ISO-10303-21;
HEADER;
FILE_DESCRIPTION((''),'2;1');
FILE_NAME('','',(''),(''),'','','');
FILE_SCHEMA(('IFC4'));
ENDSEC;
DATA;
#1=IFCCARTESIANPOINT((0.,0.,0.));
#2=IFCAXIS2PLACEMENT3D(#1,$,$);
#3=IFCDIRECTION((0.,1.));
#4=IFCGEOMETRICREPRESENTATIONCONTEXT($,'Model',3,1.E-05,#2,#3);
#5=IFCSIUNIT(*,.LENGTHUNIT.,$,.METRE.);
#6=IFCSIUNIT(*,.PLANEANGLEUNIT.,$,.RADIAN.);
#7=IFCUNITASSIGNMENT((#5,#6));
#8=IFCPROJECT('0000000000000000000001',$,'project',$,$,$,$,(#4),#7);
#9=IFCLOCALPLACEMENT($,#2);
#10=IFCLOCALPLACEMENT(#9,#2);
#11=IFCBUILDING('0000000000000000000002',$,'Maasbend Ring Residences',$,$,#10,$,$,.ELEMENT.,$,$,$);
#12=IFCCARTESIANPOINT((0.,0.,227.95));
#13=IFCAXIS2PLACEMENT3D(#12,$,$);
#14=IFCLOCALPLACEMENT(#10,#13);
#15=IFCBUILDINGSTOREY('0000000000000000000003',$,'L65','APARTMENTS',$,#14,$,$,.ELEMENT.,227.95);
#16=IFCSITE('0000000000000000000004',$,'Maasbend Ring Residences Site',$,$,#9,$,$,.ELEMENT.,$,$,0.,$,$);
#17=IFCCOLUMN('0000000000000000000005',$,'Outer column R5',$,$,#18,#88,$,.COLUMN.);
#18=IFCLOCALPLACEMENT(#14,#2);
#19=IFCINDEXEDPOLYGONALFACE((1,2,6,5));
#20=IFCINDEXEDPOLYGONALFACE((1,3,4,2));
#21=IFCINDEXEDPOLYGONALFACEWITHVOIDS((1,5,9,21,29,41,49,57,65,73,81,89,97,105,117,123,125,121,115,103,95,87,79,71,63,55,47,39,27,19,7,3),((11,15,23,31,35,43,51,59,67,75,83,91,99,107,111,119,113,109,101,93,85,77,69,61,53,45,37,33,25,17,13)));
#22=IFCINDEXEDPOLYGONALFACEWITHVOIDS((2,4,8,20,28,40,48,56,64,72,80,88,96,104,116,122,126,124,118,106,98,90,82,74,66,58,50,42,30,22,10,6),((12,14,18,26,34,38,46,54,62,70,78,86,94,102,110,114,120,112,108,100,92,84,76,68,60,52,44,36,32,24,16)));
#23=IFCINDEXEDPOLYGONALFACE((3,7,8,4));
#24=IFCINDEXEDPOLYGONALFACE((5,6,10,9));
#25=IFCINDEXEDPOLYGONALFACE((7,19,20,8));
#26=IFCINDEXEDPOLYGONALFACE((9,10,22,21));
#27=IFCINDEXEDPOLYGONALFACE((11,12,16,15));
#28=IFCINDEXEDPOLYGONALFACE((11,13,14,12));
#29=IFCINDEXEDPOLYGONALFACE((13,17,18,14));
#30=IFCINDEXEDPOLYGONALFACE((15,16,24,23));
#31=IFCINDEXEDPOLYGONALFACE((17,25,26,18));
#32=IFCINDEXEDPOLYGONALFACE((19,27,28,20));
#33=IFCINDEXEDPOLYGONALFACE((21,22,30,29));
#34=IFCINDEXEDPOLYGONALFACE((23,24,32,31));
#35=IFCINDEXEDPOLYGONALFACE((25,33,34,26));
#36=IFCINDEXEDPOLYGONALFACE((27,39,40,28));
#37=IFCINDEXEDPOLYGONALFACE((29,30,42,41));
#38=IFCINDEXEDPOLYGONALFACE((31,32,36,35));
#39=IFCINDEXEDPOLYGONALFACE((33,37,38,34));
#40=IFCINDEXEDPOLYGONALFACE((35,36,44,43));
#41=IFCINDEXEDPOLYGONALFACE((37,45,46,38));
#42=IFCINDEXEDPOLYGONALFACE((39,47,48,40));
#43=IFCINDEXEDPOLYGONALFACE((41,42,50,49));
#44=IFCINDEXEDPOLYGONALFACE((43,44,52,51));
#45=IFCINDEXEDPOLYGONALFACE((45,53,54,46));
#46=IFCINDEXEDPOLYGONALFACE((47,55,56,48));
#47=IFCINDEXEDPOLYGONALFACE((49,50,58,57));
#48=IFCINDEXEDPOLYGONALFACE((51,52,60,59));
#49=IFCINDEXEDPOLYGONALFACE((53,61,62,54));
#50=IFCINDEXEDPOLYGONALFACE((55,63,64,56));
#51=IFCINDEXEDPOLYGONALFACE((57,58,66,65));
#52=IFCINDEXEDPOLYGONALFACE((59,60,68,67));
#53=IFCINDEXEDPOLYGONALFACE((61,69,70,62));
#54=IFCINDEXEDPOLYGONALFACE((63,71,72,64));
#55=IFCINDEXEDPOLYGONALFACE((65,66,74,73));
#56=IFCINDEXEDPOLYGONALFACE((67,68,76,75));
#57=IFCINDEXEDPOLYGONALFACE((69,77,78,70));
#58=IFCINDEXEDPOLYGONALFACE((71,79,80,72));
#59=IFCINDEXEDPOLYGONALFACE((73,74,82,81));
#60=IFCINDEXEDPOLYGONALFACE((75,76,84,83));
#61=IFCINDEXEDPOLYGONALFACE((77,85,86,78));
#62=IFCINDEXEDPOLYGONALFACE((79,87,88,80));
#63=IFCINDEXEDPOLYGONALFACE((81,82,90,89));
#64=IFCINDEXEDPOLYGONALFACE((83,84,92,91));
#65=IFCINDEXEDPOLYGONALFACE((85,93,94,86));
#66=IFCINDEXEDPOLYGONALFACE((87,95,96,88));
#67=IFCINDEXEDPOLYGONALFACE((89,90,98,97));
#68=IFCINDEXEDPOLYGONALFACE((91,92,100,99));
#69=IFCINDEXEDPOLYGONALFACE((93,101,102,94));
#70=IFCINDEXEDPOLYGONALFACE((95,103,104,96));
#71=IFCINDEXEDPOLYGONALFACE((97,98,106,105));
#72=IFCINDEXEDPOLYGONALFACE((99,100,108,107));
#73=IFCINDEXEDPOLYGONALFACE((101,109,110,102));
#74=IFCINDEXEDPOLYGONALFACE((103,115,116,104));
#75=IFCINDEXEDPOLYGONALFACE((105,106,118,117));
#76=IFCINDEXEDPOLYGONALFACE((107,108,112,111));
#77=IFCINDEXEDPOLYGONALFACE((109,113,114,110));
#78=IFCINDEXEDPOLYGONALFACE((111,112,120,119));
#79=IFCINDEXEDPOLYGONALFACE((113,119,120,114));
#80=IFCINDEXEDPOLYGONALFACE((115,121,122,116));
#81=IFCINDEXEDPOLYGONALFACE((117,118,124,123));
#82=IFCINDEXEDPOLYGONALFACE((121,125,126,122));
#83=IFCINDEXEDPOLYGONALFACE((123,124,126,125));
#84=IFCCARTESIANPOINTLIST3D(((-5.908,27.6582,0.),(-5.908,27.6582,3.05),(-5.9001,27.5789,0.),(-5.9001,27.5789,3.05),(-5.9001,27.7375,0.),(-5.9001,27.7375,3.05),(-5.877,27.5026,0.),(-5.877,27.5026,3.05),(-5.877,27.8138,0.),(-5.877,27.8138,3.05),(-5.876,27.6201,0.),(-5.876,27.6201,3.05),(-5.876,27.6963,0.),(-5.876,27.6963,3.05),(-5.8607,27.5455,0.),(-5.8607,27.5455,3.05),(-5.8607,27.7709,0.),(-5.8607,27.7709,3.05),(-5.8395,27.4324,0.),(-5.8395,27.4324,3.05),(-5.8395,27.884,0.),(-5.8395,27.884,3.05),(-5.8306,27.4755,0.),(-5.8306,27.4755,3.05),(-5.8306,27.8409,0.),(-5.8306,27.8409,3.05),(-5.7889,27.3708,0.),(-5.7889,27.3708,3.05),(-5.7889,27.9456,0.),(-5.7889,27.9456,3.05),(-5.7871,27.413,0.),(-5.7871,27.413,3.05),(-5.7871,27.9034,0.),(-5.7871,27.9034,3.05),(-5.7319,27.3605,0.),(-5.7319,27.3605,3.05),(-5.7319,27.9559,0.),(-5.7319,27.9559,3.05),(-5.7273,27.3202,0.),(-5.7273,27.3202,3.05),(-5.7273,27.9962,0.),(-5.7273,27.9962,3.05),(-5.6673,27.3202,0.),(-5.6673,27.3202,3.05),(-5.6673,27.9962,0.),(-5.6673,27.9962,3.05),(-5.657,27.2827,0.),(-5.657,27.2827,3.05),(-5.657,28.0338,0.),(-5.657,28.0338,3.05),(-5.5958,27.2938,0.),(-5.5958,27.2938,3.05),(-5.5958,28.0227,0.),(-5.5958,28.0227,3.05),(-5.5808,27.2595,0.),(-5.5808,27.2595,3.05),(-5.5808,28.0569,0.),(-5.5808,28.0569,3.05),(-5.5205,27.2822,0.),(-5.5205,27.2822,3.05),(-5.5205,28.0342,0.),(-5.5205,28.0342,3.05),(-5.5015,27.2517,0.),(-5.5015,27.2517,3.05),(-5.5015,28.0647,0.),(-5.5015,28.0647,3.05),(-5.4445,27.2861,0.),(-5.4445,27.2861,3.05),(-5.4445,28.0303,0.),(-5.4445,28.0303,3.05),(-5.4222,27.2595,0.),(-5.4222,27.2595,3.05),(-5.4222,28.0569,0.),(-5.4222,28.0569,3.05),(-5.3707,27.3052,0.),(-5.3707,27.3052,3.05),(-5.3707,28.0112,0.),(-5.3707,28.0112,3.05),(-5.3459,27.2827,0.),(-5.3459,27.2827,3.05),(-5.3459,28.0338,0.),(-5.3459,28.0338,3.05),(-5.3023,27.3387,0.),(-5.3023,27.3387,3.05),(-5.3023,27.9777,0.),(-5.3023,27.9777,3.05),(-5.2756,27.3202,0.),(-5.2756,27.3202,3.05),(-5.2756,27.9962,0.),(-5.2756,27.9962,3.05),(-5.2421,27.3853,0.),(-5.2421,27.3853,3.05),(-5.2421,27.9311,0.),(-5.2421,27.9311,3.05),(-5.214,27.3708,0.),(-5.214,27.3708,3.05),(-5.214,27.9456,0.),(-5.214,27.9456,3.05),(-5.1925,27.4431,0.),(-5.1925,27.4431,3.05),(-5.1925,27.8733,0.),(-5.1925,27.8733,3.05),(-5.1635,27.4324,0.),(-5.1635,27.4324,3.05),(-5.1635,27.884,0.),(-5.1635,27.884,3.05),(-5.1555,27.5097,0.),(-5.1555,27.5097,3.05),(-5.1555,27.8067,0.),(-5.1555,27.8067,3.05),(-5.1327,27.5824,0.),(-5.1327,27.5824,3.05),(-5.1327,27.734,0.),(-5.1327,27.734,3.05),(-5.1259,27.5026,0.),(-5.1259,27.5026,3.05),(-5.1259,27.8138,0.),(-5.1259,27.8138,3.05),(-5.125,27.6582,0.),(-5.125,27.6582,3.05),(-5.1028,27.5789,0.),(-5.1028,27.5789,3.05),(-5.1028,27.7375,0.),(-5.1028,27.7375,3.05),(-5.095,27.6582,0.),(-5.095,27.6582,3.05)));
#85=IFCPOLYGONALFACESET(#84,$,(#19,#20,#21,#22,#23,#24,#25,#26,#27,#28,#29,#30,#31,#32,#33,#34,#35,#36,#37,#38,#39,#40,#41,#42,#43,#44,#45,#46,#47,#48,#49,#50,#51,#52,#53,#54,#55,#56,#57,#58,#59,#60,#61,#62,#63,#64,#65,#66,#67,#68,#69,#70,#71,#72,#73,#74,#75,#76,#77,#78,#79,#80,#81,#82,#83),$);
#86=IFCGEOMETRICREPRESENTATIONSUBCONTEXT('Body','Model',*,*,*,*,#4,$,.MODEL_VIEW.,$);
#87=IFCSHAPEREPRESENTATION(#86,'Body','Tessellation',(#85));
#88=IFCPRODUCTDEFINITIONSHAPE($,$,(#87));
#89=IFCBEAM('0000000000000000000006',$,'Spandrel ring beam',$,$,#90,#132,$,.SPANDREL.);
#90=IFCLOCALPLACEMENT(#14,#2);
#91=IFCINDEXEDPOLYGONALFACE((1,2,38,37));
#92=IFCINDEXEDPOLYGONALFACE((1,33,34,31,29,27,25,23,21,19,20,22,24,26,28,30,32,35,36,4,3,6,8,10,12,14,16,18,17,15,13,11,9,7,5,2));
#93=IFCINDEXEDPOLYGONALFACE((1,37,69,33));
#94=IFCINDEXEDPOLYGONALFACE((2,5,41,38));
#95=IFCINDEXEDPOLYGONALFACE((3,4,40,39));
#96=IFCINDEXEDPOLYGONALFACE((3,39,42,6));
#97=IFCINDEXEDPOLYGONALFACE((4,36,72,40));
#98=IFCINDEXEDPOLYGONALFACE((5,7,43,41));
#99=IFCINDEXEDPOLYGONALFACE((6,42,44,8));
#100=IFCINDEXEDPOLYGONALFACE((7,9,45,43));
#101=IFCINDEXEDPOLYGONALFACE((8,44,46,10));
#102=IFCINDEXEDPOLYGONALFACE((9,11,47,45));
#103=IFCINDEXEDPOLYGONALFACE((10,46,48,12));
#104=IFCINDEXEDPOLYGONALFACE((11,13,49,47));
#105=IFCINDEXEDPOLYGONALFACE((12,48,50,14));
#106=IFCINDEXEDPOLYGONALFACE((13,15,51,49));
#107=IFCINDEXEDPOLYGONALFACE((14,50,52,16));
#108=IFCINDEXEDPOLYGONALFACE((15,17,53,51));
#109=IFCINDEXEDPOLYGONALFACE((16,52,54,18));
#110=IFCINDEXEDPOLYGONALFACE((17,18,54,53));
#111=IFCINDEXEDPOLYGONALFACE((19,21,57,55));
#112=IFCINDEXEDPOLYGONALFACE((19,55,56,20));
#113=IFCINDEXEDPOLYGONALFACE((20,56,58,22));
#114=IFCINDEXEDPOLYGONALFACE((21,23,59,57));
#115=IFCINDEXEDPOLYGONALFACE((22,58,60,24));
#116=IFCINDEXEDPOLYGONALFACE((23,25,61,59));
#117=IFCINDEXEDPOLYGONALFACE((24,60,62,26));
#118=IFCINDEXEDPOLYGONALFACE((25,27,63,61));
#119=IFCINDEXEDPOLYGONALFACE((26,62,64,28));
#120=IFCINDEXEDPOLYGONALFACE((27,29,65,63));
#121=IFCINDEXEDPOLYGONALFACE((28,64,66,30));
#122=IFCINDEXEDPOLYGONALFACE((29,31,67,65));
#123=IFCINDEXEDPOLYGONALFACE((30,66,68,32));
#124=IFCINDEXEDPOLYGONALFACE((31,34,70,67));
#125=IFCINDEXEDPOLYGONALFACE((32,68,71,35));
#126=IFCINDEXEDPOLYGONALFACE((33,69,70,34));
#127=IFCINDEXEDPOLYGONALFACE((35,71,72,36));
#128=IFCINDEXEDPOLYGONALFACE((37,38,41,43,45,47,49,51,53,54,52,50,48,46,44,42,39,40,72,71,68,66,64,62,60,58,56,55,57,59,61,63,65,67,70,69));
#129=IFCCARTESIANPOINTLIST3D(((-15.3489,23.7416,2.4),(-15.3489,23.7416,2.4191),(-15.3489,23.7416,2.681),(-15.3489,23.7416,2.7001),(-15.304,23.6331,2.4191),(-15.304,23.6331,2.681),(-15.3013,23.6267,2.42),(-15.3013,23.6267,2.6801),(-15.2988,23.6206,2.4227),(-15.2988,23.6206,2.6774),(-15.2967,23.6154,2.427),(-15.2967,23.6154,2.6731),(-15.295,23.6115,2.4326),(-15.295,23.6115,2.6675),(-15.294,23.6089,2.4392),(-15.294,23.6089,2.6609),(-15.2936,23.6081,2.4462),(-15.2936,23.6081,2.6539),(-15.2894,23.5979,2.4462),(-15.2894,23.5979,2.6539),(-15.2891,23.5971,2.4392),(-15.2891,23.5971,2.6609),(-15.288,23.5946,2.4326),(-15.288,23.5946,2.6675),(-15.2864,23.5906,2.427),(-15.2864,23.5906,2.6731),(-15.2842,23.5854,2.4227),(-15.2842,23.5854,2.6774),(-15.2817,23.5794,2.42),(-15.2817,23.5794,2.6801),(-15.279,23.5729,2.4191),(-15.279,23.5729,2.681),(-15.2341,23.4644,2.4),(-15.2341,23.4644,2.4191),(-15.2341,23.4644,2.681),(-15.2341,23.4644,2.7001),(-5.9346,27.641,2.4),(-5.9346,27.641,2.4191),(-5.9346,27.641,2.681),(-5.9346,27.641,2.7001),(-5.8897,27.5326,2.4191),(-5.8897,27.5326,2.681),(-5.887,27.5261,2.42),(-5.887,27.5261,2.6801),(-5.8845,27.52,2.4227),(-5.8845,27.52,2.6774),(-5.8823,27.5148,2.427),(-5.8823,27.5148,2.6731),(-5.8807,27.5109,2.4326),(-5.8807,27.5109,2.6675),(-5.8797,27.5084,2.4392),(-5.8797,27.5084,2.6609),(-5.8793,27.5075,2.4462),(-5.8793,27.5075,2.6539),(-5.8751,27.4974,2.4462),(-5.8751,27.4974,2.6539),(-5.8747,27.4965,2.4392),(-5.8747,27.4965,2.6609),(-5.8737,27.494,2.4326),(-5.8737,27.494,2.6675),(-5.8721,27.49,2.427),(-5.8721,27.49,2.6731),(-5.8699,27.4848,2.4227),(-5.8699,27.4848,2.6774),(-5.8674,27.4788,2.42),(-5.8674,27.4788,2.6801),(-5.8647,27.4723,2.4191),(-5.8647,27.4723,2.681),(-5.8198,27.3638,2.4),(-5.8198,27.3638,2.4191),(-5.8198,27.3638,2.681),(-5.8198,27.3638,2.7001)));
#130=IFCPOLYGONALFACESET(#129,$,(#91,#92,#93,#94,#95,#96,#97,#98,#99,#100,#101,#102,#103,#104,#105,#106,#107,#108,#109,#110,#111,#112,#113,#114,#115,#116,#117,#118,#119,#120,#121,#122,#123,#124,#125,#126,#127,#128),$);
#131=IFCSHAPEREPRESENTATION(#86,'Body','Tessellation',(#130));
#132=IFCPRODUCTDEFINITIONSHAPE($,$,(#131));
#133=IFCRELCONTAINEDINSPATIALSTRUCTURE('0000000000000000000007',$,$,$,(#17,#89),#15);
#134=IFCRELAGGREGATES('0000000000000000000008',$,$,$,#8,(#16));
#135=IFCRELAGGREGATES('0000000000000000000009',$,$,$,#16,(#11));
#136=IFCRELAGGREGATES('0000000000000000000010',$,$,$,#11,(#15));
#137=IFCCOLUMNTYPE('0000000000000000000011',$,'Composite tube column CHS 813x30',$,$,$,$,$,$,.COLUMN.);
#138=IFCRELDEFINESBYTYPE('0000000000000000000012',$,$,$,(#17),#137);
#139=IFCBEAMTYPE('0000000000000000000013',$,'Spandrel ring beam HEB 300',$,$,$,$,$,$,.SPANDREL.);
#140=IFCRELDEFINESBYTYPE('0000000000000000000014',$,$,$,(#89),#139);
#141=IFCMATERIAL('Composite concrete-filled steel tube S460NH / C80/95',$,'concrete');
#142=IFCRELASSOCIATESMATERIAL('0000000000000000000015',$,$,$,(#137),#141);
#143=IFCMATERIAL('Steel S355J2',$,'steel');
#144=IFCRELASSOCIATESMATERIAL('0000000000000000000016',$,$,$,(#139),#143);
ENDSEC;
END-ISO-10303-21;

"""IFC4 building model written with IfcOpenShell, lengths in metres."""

from ifc_helpers import new_model, si_unit, direction, frame, origin, origin_2d, place, context, subcontext, project, spatial, hollow_circle, i_section, extrude, material, material_profile, profile_set, type_object, element, save


model = new_model("IFC4")

# Units and contexts
model_context = context("Model", 3, precision=1e-05, world=origin(), true_north=direction((0.0, 1.0)))
body_context = subcontext(model_context, "Body", "Model", "MODEL_VIEW")
ifc_project = project(units=[si_unit("LENGTHUNIT", "METRE"), si_unit("PLANEANGLEUNIT", "RADIAN")], contexts=[model_context])

# Site, building, storey
site_placement = place(None, origin())
site = spatial("IfcSite", under=ifc_project, at=site_placement, Name="Maasbend Ring Residences Site", CompositionType="ELEMENT", RefElevation=0.0)
building_placement = place(site_placement, origin())
building = spatial("IfcBuilding", under=site, at=building_placement, Name="Maasbend Ring Residences", CompositionType="ELEMENT")
storey_placement = place(building_placement, frame((0.0, 0.0, 227.95)))
storey = spatial("IfcBuildingStorey", under=building, at=storey_placement, Name="L65", Description="APARTMENTS", CompositionType="ELEMENT", Elevation=227.95)

# Column
ifc_material_1 = material(Name="Composite concrete-filled steel tube S460NH / C80/95", Category="concrete")
ifc_material_profile_1 = material_profile(ifc_material_1, hollow_circle(Radius=0.4065, WallThickness=0.03, at=origin_2d()), Name="Composite tube column CHS 813x30")
ifc_profile_set_1 = profile_set([ifc_material_profile_1], Name="Composite concrete-filled steel tube S460NH / C80/95")
column_type = type_object("IfcColumnType", Name="Composite tube column CHS 813x30", PredefinedType="COLUMN", material=ifc_profile_set_1)
column_placement = place(storey_placement, frame((-5.5015, 27.6582, 0.0), z_axis=(0.0, 0.0, 1.0), x_axis=(1.0, 0.0, 0.0)))
element("IfcColumn", 1, at=column_placement, inside=storey, type_object=column_type, Name="Outer column R5", PredefinedType="COLUMN", context=body_context, shape_type="SweptSolid", body=[
    extrude(hollow_circle(Radius=0.4065, WallThickness=0.03, at=origin_2d()), origin(), (0.0, 0.0, 1.0), 3.05),
])

# Beam
ifc_material_2 = material(Name="Steel S355J2", Category="steel")
ifc_material_profile_2 = material_profile(ifc_material_2, i_section(OverallWidth=0.3, OverallDepth=0.3, WebThickness=0.011, FlangeThickness=0.019, FilletRadius=0.0271, at=origin_2d()), Name="HEB 300")
ifc_profile_set_2 = profile_set([ifc_material_profile_2], Name="Steel S355J2")
beam_type = type_object("IfcBeamType", Name="Spandrel ring beam HEB 300", PredefinedType="SPANDREL", material=ifc_profile_set_2)
beam_placement = place(storey_placement, frame((-5.8772, 27.5024, 2.55), z_axis=(-0.923884, -0.382673, 0.0), x_axis=(0.382673, -0.923884, 0.0)))
element("IfcBeam", 2, at=beam_placement, inside=storey, type_object=beam_type, Name="Spandrel ring beam", PredefinedType="SPANDREL", context=body_context, shape_type="SweptSolid", body=[
    extrude(i_section(OverallWidth=0.3, OverallDepth=0.3, WebThickness=0.011, FlangeThickness=0.019, FilletRadius=0.0271, at=origin_2d()), origin(), (0.0, 0.0, 1.0), 10.1899),
])

save(model, "model.ifc")
